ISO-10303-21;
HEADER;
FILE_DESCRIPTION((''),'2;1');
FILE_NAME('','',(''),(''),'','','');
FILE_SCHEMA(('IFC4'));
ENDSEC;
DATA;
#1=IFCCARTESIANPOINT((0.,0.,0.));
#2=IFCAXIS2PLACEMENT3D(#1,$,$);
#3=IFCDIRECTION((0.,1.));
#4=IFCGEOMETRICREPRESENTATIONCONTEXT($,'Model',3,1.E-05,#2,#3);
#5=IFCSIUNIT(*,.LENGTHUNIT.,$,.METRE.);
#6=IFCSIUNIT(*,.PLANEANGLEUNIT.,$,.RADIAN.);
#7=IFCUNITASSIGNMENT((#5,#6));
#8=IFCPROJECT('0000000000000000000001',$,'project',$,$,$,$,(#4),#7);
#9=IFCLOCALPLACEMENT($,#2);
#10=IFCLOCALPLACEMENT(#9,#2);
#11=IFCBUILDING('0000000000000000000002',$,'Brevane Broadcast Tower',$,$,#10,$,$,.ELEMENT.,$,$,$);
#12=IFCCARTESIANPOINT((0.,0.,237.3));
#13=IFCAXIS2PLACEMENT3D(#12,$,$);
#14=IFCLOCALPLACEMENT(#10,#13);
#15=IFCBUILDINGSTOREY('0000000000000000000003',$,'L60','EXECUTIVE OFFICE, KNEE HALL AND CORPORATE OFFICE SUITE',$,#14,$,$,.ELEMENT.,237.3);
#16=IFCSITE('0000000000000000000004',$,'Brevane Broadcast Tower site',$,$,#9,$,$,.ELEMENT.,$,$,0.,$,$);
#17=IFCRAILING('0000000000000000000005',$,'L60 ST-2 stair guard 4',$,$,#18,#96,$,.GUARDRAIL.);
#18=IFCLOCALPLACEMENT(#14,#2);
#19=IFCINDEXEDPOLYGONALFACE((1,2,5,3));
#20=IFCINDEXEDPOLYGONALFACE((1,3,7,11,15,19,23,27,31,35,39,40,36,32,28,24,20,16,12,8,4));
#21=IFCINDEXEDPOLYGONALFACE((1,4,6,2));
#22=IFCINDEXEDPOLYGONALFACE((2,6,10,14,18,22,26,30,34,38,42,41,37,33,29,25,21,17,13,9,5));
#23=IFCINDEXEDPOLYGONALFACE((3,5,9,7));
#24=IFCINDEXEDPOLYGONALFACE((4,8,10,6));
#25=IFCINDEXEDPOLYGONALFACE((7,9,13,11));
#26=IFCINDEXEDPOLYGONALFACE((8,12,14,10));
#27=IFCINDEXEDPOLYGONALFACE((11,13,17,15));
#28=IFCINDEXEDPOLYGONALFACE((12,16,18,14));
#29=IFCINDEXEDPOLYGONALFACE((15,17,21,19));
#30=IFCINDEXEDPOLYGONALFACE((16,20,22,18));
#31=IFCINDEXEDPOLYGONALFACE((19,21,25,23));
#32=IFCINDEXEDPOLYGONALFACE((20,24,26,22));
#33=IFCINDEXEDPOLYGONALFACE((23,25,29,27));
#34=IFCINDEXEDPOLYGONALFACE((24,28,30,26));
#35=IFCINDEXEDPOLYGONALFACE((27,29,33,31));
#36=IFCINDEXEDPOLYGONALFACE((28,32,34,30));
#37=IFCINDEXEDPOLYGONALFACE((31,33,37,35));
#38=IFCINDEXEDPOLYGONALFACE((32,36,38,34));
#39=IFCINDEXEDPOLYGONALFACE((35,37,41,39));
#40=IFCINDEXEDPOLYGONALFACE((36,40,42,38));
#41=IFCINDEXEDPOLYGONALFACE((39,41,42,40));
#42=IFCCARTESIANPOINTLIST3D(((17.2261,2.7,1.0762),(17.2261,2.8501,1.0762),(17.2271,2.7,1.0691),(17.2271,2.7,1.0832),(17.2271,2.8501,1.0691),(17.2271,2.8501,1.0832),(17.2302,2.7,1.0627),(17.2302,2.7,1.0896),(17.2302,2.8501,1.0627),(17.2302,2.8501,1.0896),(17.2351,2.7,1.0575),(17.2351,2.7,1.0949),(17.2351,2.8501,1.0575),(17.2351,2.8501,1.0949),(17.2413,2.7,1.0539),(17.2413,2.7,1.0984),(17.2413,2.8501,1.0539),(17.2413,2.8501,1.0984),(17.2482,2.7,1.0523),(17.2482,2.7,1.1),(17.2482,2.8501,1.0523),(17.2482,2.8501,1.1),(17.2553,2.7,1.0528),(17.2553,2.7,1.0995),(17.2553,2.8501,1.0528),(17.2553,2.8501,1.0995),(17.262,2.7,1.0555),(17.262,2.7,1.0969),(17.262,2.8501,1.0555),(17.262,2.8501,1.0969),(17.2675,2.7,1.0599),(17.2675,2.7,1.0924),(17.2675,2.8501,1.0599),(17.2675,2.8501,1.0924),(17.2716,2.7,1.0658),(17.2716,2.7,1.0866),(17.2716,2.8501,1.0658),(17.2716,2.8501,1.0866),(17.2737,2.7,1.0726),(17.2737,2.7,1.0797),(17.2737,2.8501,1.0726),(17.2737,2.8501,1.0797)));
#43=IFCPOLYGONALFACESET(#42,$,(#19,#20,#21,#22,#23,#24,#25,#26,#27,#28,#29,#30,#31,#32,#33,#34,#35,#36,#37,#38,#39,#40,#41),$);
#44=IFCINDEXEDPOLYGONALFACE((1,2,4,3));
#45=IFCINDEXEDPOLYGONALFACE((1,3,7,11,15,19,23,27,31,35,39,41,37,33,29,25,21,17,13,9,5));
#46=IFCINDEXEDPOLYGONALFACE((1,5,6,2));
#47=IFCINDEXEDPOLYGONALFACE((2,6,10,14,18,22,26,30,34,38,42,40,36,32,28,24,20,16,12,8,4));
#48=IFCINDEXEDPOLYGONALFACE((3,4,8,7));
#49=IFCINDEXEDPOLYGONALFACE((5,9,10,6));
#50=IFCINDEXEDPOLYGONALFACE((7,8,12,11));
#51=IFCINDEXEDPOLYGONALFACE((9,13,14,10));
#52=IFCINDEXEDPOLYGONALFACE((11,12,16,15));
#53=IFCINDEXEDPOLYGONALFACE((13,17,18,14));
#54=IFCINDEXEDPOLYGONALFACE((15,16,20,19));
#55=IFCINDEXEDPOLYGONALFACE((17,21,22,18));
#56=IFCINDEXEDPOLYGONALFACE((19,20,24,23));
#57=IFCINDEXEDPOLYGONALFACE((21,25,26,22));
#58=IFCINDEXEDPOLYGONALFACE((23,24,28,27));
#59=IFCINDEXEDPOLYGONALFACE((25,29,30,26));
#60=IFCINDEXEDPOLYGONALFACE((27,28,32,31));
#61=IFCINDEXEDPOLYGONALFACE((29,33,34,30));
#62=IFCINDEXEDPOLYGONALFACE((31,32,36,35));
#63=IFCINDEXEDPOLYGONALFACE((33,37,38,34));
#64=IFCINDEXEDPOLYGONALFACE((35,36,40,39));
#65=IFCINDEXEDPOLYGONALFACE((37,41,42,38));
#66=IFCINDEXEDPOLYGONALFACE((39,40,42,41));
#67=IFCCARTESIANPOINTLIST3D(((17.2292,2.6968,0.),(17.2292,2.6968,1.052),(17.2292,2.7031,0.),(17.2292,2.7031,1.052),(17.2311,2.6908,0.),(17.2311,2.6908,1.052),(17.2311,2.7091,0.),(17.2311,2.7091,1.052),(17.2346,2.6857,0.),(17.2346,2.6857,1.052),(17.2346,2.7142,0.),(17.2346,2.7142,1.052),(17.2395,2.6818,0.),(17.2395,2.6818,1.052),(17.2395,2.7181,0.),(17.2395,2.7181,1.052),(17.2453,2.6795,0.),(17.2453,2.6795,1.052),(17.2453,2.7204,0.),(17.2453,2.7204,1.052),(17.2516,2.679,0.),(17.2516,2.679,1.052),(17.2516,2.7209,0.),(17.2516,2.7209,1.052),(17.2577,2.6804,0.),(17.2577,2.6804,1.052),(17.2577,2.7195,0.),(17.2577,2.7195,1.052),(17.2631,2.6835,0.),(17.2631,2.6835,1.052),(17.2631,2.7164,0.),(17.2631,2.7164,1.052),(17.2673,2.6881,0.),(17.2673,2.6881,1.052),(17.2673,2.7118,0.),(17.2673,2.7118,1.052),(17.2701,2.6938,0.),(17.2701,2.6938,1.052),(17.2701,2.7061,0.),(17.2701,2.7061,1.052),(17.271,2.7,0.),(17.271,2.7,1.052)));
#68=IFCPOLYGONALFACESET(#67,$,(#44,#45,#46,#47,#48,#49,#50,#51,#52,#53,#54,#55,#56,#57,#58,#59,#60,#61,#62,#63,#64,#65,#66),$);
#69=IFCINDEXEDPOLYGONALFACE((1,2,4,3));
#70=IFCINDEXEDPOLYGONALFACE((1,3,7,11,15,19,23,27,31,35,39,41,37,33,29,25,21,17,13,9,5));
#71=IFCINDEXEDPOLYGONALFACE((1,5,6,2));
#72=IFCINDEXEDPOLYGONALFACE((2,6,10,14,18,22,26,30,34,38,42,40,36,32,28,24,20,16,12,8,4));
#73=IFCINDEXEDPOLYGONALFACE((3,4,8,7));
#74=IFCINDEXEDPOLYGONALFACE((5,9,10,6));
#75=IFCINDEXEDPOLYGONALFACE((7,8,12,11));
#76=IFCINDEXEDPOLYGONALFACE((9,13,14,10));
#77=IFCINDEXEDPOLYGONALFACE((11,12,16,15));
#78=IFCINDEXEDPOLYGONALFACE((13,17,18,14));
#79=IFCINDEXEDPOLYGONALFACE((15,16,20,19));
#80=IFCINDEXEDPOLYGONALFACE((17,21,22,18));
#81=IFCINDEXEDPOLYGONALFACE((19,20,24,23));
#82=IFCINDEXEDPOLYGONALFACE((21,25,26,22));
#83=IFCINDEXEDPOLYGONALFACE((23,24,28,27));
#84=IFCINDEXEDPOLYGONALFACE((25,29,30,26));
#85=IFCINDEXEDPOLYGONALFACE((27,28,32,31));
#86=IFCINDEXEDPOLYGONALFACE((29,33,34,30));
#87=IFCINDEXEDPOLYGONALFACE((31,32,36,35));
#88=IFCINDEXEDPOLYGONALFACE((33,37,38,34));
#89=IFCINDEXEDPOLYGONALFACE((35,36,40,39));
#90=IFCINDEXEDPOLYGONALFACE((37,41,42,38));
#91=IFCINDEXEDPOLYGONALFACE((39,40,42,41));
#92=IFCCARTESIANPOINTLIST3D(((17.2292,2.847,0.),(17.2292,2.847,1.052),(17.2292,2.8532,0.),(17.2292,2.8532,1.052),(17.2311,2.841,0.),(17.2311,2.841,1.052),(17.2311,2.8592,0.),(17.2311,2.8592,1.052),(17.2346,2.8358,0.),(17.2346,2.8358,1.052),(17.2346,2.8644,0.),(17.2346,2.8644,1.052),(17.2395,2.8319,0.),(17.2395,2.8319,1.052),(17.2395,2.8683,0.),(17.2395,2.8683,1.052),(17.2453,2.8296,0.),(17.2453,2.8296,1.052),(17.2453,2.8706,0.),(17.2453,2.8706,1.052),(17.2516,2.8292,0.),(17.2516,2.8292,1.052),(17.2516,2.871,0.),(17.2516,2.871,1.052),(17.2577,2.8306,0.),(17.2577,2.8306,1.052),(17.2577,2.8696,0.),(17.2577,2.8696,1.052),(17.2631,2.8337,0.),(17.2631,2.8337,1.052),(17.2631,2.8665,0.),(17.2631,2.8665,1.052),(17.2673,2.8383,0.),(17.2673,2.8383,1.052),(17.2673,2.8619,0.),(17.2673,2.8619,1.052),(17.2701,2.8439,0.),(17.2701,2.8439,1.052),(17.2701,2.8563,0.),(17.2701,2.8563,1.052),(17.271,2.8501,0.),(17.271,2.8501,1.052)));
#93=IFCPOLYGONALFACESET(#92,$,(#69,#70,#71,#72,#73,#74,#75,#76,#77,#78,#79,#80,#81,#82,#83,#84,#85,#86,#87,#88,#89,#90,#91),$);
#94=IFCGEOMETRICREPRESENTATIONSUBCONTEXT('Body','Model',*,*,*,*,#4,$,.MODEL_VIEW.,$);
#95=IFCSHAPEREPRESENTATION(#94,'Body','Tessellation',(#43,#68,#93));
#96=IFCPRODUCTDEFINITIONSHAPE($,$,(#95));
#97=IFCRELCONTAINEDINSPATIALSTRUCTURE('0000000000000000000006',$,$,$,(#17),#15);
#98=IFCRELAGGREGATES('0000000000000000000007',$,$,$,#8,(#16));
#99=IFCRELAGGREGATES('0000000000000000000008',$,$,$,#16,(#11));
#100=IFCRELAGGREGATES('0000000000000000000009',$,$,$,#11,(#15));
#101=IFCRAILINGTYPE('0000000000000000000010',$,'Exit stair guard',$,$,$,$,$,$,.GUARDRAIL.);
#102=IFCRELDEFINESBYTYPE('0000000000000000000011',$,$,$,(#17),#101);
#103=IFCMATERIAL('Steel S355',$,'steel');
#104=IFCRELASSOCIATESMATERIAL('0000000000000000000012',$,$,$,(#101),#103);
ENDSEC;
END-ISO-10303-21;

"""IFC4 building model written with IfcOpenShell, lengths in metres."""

from ifc_helpers import new_model, si_unit, direction, frame, origin, origin_2d, place, context, subcontext, project, spatial, circle, extrude, material, type_object, element, save


model = new_model("IFC4")

# Units and contexts
model_context = context("Model", 3, precision=1e-05, world=origin(), true_north=direction((0.0, 1.0)))
body_context = subcontext(model_context, "Body", "Model", "MODEL_VIEW")
ifc_project = project(units=[si_unit("LENGTHUNIT", "METRE"), si_unit("PLANEANGLEUNIT", "RADIAN")], contexts=[model_context])

# Site, building, storey
site_placement = place(None, origin())
site = spatial("IfcSite", under=ifc_project, at=site_placement, Name="Brevane Broadcast Tower site", CompositionType="ELEMENT", RefElevation=0.0)
building_placement = place(site_placement, origin())
building = spatial("IfcBuilding", under=site, at=building_placement, Name="Brevane Broadcast Tower", CompositionType="ELEMENT")
storey_placement = place(building_placement, frame((0.0, 0.0, 237.3)))
storey = spatial("IfcBuildingStorey", under=building, at=storey_placement, Name="L60", Description="EXECUTIVE OFFICE, KNEE HALL AND CORPORATE OFFICE SUITE", CompositionType="ELEMENT", Elevation=237.3)

# Railing
ifc_material_1 = material(Name="Steel S355", Category="steel")
railing_type_1 = type_object("IfcRailingType", Name="Exit stair guard", PredefinedType="GUARDRAIL", material=ifc_material_1)
railing_1_placement = place(storey_placement, frame((17.25, 2.7, 0.0)))
element("IfcRailing", 1, at=railing_1_placement, inside=storey, type_object=railing_type_1, Name="L60 ST-2 stair guard 4", PredefinedType="GUARDRAIL", context=body_context, shape_type="SweptSolid", body=[
    extrude(circle(Radius=0.0239, at=origin_2d()), frame((0.0, 0.0, 1.0762), z_axis=(0.0, 1.0, 0.0), x_axis=(-1.0, 0.0, 0.0)), (0.0, 0.0, 1.0), 0.1501),
    extrude(circle(Radius=0.021, at=origin_2d()), origin(), (0.0, 0.0, 1.0), 1.052),
    extrude(circle(Radius=0.021, at=origin_2d()), frame((0.0, 0.1501, 0.0)), (0.0, 0.0, 1.0), 1.052),
])

save(model, "model.ifc")
